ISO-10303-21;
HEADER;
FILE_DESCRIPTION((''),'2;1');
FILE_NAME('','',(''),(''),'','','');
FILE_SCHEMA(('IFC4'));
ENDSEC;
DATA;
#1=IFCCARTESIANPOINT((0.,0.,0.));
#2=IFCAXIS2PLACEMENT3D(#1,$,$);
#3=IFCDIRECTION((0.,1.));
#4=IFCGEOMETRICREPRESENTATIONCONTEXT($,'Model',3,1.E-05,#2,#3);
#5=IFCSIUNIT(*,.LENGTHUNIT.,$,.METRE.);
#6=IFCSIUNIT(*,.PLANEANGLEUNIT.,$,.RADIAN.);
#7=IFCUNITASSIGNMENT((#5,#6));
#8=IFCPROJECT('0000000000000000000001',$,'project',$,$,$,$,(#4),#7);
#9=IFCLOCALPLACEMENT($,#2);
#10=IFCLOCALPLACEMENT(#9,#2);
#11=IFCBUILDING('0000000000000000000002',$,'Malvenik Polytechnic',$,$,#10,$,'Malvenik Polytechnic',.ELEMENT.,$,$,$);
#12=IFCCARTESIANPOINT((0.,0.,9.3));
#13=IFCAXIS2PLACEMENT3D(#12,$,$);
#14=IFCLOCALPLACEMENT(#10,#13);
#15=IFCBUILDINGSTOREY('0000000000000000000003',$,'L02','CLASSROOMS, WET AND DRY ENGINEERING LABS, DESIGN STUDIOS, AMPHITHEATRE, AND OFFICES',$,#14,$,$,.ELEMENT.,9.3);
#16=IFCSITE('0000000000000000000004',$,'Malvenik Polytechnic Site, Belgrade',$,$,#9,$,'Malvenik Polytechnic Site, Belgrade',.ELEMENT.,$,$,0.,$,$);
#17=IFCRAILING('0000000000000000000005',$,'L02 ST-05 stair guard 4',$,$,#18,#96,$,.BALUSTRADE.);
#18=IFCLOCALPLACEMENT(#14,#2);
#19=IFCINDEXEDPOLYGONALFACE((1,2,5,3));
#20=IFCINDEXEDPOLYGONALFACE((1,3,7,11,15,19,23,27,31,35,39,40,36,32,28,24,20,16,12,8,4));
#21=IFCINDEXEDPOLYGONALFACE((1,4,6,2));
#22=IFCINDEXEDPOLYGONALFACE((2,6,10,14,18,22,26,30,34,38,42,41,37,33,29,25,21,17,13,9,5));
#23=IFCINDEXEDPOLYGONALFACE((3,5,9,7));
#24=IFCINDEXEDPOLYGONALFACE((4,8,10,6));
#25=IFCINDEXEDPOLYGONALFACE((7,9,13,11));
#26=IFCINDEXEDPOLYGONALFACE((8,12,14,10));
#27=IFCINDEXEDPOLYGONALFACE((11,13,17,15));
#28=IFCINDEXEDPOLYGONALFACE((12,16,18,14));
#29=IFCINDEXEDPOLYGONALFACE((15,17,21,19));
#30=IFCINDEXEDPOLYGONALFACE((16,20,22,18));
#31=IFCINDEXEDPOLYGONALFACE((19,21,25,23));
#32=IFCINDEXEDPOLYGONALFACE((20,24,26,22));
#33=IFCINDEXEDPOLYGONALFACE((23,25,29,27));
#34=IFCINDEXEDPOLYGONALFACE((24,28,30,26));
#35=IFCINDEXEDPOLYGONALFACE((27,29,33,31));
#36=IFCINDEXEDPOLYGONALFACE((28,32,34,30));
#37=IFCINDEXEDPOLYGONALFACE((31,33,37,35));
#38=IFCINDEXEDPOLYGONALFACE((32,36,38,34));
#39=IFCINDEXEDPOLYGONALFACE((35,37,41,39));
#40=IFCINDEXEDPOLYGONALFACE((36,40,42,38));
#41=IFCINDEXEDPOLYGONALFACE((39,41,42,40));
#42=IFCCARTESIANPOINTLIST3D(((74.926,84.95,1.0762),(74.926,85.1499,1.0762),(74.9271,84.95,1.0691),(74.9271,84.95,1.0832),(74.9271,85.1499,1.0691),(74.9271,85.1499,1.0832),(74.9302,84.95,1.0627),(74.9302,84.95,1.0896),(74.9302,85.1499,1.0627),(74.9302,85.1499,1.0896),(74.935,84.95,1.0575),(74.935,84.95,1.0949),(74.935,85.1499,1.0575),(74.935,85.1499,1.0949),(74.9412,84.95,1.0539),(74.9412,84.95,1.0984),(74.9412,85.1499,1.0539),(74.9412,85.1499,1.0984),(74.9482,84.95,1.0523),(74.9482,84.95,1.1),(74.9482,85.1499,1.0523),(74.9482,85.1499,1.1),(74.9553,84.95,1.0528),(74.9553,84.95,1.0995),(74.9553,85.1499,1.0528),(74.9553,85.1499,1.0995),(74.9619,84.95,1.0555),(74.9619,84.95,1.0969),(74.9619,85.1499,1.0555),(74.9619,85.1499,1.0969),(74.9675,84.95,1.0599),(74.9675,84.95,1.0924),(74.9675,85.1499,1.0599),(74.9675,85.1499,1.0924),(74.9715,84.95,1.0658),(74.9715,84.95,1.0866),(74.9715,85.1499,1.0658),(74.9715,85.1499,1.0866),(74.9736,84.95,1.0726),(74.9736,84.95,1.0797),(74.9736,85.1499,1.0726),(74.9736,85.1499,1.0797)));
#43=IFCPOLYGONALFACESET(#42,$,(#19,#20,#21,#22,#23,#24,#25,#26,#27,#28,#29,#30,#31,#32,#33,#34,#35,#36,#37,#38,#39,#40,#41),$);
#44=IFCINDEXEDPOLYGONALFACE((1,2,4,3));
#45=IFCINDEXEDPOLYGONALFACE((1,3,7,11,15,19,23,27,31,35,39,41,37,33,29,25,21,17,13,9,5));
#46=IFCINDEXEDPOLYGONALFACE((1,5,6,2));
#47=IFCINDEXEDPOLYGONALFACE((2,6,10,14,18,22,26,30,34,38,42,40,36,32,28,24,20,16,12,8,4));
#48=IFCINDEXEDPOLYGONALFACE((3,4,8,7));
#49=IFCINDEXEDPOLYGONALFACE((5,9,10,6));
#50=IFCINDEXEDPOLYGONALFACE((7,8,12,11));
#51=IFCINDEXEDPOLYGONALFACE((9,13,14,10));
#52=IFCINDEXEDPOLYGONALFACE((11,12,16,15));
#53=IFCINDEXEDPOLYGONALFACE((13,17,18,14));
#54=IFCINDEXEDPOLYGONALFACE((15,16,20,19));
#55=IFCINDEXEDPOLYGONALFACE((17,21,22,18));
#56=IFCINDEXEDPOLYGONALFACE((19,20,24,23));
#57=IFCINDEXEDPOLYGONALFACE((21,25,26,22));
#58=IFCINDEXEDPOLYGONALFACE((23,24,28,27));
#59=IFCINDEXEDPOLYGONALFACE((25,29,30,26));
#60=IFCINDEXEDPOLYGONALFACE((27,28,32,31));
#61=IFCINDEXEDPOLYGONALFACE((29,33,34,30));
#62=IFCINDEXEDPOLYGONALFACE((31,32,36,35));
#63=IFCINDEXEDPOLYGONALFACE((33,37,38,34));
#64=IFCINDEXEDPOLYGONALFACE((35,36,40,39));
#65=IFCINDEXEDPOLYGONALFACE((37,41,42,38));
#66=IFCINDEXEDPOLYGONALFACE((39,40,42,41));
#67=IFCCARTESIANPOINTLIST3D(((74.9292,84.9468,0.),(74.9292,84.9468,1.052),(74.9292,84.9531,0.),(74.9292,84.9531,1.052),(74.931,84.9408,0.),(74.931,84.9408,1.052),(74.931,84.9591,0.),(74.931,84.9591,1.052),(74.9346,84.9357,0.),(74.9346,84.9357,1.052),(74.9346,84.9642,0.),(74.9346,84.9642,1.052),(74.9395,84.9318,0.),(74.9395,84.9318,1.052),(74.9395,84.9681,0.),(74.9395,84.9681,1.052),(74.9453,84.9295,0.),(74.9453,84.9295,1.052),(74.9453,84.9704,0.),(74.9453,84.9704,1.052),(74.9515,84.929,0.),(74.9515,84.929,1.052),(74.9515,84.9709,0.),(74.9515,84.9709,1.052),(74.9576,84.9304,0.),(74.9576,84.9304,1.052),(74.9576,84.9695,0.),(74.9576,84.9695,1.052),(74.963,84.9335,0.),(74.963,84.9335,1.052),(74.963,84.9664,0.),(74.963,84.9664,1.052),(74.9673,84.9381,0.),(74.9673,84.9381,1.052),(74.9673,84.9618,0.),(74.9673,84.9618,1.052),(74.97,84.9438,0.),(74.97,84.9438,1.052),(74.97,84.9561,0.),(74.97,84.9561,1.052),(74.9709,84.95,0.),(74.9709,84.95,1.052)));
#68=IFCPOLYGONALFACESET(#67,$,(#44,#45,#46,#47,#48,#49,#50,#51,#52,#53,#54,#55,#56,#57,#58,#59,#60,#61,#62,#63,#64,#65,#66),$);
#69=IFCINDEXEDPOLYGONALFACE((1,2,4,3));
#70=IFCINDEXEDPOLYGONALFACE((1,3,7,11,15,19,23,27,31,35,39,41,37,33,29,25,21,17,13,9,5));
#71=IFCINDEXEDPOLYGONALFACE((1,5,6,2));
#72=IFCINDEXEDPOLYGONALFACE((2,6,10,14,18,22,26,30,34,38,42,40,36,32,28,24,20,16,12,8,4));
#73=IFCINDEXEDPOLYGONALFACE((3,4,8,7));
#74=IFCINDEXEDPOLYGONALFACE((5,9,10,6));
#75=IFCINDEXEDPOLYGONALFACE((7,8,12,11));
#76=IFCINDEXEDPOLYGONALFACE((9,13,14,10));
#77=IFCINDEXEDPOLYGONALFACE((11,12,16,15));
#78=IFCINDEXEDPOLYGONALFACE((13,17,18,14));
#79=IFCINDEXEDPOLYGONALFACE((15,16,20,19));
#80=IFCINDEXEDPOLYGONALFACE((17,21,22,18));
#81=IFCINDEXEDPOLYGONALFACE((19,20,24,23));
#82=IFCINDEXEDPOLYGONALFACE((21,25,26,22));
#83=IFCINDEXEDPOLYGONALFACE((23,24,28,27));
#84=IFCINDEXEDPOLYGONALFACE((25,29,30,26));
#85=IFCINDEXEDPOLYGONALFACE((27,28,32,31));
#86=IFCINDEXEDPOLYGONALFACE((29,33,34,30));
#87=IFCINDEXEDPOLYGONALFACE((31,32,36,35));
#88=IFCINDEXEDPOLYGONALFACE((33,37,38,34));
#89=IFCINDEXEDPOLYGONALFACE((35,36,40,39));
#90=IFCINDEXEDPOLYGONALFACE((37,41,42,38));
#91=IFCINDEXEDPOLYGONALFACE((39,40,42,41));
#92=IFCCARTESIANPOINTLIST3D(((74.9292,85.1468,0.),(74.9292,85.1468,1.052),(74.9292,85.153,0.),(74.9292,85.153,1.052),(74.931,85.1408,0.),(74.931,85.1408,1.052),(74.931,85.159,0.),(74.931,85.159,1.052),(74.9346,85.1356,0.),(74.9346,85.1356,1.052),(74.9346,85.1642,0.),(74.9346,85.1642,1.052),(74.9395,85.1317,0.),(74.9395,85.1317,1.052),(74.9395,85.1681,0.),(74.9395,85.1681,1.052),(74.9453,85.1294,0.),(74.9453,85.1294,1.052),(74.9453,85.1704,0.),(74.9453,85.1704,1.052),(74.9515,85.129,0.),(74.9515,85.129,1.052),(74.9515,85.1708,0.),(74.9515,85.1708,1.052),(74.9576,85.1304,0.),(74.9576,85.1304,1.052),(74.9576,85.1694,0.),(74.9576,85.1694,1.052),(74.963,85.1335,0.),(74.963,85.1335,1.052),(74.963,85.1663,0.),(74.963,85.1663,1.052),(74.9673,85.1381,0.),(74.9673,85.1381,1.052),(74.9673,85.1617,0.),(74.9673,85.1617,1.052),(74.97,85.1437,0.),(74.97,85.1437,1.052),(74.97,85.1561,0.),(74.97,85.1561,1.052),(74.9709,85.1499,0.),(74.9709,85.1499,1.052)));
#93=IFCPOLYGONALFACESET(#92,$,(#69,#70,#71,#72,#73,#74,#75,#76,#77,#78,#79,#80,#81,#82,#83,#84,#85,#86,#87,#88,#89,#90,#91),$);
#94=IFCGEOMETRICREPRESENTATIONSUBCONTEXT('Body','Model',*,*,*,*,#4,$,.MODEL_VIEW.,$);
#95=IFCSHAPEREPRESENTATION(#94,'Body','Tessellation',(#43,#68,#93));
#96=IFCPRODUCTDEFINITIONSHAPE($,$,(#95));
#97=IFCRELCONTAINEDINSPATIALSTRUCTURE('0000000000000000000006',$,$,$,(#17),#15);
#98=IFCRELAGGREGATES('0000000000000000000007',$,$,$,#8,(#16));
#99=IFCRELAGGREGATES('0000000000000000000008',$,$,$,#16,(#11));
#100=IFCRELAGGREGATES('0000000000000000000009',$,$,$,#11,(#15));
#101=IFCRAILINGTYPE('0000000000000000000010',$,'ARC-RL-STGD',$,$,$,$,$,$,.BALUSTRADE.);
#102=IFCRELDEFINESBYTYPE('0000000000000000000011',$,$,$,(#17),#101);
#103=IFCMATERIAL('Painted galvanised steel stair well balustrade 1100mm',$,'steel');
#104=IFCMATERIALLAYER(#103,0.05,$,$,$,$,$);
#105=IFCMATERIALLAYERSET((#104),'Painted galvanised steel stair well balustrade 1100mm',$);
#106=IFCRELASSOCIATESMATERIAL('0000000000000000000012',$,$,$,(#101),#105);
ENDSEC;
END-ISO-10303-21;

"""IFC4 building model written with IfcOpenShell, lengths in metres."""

from ifc_helpers import new_model, si_unit, direction, frame, origin, origin_2d, place, context, subcontext, project, spatial, circle, extrude, material, layer, layer_set, type_object, element, save


model = new_model("IFC4")

# Units and contexts
model_context = context("Model", 3, precision=1e-05, world=origin(), true_north=direction((0.0, 1.0)))
body_context = subcontext(model_context, "Body", "Model", "MODEL_VIEW")
ifc_project = project(units=[si_unit("LENGTHUNIT", "METRE"), si_unit("PLANEANGLEUNIT", "RADIAN")], contexts=[model_context])

# Site, building, storey
site_placement = place(None, origin())
site = spatial("IfcSite", under=ifc_project, at=site_placement, Name="Malvenik Polytechnic Site, Belgrade", LongName="Malvenik Polytechnic Site, Belgrade", CompositionType="ELEMENT", RefElevation=0.0)
building_placement = place(site_placement, origin())
building = spatial("IfcBuilding", under=site, at=building_placement, Name="Malvenik Polytechnic", LongName="Malvenik Polytechnic", CompositionType="ELEMENT")
storey_placement = place(building_placement, frame((0.0, 0.0, 9.3)))
storey = spatial("IfcBuildingStorey", under=building, at=storey_placement, Name="L02", Description="CLASSROOMS, WET AND DRY ENGINEERING LABS, DESIGN STUDIOS, AMPHITHEATRE, AND OFFICES", CompositionType="ELEMENT", Elevation=9.3)

# Railing
ifc_material_1 = material(Name="Painted galvanised steel stair well balustrade 1100mm", Category="steel")
ifc_layer_1 = layer(ifc_material_1, 0.05)
ifc_layer_set_1 = layer_set([ifc_layer_1], Name="Painted galvanised steel stair well balustrade 1100mm")
railing_type_1 = type_object("IfcRailingType", Name="ARC-RL-STGD", PredefinedType="BALUSTRADE", material=ifc_layer_set_1)
railing_1_placement = place(storey_placement, frame((74.95, 84.95, 0.0)))
element("IfcRailing", 1, at=railing_1_placement, inside=storey, type_object=railing_type_1, Name="L02 ST-05 stair guard 4", PredefinedType="BALUSTRADE", context=body_context, shape_type="SweptSolid", body=[
    extrude(circle(Radius=0.0239, at=origin_2d()), frame((0.0, 0.0, 1.0762), z_axis=(0.0, 1.0, 0.0), x_axis=(-1.0, 0.0, 0.0)), (0.0, 0.0, 1.0), 0.2),
    extrude(circle(Radius=0.021, at=origin_2d()), origin(), (0.0, 0.0, 1.0), 1.052),
    extrude(circle(Radius=0.021, at=origin_2d()), frame((0.0, 0.2, 0.0)), (0.0, 0.0, 1.0), 1.052),
])

save(model, "model.ifc")
